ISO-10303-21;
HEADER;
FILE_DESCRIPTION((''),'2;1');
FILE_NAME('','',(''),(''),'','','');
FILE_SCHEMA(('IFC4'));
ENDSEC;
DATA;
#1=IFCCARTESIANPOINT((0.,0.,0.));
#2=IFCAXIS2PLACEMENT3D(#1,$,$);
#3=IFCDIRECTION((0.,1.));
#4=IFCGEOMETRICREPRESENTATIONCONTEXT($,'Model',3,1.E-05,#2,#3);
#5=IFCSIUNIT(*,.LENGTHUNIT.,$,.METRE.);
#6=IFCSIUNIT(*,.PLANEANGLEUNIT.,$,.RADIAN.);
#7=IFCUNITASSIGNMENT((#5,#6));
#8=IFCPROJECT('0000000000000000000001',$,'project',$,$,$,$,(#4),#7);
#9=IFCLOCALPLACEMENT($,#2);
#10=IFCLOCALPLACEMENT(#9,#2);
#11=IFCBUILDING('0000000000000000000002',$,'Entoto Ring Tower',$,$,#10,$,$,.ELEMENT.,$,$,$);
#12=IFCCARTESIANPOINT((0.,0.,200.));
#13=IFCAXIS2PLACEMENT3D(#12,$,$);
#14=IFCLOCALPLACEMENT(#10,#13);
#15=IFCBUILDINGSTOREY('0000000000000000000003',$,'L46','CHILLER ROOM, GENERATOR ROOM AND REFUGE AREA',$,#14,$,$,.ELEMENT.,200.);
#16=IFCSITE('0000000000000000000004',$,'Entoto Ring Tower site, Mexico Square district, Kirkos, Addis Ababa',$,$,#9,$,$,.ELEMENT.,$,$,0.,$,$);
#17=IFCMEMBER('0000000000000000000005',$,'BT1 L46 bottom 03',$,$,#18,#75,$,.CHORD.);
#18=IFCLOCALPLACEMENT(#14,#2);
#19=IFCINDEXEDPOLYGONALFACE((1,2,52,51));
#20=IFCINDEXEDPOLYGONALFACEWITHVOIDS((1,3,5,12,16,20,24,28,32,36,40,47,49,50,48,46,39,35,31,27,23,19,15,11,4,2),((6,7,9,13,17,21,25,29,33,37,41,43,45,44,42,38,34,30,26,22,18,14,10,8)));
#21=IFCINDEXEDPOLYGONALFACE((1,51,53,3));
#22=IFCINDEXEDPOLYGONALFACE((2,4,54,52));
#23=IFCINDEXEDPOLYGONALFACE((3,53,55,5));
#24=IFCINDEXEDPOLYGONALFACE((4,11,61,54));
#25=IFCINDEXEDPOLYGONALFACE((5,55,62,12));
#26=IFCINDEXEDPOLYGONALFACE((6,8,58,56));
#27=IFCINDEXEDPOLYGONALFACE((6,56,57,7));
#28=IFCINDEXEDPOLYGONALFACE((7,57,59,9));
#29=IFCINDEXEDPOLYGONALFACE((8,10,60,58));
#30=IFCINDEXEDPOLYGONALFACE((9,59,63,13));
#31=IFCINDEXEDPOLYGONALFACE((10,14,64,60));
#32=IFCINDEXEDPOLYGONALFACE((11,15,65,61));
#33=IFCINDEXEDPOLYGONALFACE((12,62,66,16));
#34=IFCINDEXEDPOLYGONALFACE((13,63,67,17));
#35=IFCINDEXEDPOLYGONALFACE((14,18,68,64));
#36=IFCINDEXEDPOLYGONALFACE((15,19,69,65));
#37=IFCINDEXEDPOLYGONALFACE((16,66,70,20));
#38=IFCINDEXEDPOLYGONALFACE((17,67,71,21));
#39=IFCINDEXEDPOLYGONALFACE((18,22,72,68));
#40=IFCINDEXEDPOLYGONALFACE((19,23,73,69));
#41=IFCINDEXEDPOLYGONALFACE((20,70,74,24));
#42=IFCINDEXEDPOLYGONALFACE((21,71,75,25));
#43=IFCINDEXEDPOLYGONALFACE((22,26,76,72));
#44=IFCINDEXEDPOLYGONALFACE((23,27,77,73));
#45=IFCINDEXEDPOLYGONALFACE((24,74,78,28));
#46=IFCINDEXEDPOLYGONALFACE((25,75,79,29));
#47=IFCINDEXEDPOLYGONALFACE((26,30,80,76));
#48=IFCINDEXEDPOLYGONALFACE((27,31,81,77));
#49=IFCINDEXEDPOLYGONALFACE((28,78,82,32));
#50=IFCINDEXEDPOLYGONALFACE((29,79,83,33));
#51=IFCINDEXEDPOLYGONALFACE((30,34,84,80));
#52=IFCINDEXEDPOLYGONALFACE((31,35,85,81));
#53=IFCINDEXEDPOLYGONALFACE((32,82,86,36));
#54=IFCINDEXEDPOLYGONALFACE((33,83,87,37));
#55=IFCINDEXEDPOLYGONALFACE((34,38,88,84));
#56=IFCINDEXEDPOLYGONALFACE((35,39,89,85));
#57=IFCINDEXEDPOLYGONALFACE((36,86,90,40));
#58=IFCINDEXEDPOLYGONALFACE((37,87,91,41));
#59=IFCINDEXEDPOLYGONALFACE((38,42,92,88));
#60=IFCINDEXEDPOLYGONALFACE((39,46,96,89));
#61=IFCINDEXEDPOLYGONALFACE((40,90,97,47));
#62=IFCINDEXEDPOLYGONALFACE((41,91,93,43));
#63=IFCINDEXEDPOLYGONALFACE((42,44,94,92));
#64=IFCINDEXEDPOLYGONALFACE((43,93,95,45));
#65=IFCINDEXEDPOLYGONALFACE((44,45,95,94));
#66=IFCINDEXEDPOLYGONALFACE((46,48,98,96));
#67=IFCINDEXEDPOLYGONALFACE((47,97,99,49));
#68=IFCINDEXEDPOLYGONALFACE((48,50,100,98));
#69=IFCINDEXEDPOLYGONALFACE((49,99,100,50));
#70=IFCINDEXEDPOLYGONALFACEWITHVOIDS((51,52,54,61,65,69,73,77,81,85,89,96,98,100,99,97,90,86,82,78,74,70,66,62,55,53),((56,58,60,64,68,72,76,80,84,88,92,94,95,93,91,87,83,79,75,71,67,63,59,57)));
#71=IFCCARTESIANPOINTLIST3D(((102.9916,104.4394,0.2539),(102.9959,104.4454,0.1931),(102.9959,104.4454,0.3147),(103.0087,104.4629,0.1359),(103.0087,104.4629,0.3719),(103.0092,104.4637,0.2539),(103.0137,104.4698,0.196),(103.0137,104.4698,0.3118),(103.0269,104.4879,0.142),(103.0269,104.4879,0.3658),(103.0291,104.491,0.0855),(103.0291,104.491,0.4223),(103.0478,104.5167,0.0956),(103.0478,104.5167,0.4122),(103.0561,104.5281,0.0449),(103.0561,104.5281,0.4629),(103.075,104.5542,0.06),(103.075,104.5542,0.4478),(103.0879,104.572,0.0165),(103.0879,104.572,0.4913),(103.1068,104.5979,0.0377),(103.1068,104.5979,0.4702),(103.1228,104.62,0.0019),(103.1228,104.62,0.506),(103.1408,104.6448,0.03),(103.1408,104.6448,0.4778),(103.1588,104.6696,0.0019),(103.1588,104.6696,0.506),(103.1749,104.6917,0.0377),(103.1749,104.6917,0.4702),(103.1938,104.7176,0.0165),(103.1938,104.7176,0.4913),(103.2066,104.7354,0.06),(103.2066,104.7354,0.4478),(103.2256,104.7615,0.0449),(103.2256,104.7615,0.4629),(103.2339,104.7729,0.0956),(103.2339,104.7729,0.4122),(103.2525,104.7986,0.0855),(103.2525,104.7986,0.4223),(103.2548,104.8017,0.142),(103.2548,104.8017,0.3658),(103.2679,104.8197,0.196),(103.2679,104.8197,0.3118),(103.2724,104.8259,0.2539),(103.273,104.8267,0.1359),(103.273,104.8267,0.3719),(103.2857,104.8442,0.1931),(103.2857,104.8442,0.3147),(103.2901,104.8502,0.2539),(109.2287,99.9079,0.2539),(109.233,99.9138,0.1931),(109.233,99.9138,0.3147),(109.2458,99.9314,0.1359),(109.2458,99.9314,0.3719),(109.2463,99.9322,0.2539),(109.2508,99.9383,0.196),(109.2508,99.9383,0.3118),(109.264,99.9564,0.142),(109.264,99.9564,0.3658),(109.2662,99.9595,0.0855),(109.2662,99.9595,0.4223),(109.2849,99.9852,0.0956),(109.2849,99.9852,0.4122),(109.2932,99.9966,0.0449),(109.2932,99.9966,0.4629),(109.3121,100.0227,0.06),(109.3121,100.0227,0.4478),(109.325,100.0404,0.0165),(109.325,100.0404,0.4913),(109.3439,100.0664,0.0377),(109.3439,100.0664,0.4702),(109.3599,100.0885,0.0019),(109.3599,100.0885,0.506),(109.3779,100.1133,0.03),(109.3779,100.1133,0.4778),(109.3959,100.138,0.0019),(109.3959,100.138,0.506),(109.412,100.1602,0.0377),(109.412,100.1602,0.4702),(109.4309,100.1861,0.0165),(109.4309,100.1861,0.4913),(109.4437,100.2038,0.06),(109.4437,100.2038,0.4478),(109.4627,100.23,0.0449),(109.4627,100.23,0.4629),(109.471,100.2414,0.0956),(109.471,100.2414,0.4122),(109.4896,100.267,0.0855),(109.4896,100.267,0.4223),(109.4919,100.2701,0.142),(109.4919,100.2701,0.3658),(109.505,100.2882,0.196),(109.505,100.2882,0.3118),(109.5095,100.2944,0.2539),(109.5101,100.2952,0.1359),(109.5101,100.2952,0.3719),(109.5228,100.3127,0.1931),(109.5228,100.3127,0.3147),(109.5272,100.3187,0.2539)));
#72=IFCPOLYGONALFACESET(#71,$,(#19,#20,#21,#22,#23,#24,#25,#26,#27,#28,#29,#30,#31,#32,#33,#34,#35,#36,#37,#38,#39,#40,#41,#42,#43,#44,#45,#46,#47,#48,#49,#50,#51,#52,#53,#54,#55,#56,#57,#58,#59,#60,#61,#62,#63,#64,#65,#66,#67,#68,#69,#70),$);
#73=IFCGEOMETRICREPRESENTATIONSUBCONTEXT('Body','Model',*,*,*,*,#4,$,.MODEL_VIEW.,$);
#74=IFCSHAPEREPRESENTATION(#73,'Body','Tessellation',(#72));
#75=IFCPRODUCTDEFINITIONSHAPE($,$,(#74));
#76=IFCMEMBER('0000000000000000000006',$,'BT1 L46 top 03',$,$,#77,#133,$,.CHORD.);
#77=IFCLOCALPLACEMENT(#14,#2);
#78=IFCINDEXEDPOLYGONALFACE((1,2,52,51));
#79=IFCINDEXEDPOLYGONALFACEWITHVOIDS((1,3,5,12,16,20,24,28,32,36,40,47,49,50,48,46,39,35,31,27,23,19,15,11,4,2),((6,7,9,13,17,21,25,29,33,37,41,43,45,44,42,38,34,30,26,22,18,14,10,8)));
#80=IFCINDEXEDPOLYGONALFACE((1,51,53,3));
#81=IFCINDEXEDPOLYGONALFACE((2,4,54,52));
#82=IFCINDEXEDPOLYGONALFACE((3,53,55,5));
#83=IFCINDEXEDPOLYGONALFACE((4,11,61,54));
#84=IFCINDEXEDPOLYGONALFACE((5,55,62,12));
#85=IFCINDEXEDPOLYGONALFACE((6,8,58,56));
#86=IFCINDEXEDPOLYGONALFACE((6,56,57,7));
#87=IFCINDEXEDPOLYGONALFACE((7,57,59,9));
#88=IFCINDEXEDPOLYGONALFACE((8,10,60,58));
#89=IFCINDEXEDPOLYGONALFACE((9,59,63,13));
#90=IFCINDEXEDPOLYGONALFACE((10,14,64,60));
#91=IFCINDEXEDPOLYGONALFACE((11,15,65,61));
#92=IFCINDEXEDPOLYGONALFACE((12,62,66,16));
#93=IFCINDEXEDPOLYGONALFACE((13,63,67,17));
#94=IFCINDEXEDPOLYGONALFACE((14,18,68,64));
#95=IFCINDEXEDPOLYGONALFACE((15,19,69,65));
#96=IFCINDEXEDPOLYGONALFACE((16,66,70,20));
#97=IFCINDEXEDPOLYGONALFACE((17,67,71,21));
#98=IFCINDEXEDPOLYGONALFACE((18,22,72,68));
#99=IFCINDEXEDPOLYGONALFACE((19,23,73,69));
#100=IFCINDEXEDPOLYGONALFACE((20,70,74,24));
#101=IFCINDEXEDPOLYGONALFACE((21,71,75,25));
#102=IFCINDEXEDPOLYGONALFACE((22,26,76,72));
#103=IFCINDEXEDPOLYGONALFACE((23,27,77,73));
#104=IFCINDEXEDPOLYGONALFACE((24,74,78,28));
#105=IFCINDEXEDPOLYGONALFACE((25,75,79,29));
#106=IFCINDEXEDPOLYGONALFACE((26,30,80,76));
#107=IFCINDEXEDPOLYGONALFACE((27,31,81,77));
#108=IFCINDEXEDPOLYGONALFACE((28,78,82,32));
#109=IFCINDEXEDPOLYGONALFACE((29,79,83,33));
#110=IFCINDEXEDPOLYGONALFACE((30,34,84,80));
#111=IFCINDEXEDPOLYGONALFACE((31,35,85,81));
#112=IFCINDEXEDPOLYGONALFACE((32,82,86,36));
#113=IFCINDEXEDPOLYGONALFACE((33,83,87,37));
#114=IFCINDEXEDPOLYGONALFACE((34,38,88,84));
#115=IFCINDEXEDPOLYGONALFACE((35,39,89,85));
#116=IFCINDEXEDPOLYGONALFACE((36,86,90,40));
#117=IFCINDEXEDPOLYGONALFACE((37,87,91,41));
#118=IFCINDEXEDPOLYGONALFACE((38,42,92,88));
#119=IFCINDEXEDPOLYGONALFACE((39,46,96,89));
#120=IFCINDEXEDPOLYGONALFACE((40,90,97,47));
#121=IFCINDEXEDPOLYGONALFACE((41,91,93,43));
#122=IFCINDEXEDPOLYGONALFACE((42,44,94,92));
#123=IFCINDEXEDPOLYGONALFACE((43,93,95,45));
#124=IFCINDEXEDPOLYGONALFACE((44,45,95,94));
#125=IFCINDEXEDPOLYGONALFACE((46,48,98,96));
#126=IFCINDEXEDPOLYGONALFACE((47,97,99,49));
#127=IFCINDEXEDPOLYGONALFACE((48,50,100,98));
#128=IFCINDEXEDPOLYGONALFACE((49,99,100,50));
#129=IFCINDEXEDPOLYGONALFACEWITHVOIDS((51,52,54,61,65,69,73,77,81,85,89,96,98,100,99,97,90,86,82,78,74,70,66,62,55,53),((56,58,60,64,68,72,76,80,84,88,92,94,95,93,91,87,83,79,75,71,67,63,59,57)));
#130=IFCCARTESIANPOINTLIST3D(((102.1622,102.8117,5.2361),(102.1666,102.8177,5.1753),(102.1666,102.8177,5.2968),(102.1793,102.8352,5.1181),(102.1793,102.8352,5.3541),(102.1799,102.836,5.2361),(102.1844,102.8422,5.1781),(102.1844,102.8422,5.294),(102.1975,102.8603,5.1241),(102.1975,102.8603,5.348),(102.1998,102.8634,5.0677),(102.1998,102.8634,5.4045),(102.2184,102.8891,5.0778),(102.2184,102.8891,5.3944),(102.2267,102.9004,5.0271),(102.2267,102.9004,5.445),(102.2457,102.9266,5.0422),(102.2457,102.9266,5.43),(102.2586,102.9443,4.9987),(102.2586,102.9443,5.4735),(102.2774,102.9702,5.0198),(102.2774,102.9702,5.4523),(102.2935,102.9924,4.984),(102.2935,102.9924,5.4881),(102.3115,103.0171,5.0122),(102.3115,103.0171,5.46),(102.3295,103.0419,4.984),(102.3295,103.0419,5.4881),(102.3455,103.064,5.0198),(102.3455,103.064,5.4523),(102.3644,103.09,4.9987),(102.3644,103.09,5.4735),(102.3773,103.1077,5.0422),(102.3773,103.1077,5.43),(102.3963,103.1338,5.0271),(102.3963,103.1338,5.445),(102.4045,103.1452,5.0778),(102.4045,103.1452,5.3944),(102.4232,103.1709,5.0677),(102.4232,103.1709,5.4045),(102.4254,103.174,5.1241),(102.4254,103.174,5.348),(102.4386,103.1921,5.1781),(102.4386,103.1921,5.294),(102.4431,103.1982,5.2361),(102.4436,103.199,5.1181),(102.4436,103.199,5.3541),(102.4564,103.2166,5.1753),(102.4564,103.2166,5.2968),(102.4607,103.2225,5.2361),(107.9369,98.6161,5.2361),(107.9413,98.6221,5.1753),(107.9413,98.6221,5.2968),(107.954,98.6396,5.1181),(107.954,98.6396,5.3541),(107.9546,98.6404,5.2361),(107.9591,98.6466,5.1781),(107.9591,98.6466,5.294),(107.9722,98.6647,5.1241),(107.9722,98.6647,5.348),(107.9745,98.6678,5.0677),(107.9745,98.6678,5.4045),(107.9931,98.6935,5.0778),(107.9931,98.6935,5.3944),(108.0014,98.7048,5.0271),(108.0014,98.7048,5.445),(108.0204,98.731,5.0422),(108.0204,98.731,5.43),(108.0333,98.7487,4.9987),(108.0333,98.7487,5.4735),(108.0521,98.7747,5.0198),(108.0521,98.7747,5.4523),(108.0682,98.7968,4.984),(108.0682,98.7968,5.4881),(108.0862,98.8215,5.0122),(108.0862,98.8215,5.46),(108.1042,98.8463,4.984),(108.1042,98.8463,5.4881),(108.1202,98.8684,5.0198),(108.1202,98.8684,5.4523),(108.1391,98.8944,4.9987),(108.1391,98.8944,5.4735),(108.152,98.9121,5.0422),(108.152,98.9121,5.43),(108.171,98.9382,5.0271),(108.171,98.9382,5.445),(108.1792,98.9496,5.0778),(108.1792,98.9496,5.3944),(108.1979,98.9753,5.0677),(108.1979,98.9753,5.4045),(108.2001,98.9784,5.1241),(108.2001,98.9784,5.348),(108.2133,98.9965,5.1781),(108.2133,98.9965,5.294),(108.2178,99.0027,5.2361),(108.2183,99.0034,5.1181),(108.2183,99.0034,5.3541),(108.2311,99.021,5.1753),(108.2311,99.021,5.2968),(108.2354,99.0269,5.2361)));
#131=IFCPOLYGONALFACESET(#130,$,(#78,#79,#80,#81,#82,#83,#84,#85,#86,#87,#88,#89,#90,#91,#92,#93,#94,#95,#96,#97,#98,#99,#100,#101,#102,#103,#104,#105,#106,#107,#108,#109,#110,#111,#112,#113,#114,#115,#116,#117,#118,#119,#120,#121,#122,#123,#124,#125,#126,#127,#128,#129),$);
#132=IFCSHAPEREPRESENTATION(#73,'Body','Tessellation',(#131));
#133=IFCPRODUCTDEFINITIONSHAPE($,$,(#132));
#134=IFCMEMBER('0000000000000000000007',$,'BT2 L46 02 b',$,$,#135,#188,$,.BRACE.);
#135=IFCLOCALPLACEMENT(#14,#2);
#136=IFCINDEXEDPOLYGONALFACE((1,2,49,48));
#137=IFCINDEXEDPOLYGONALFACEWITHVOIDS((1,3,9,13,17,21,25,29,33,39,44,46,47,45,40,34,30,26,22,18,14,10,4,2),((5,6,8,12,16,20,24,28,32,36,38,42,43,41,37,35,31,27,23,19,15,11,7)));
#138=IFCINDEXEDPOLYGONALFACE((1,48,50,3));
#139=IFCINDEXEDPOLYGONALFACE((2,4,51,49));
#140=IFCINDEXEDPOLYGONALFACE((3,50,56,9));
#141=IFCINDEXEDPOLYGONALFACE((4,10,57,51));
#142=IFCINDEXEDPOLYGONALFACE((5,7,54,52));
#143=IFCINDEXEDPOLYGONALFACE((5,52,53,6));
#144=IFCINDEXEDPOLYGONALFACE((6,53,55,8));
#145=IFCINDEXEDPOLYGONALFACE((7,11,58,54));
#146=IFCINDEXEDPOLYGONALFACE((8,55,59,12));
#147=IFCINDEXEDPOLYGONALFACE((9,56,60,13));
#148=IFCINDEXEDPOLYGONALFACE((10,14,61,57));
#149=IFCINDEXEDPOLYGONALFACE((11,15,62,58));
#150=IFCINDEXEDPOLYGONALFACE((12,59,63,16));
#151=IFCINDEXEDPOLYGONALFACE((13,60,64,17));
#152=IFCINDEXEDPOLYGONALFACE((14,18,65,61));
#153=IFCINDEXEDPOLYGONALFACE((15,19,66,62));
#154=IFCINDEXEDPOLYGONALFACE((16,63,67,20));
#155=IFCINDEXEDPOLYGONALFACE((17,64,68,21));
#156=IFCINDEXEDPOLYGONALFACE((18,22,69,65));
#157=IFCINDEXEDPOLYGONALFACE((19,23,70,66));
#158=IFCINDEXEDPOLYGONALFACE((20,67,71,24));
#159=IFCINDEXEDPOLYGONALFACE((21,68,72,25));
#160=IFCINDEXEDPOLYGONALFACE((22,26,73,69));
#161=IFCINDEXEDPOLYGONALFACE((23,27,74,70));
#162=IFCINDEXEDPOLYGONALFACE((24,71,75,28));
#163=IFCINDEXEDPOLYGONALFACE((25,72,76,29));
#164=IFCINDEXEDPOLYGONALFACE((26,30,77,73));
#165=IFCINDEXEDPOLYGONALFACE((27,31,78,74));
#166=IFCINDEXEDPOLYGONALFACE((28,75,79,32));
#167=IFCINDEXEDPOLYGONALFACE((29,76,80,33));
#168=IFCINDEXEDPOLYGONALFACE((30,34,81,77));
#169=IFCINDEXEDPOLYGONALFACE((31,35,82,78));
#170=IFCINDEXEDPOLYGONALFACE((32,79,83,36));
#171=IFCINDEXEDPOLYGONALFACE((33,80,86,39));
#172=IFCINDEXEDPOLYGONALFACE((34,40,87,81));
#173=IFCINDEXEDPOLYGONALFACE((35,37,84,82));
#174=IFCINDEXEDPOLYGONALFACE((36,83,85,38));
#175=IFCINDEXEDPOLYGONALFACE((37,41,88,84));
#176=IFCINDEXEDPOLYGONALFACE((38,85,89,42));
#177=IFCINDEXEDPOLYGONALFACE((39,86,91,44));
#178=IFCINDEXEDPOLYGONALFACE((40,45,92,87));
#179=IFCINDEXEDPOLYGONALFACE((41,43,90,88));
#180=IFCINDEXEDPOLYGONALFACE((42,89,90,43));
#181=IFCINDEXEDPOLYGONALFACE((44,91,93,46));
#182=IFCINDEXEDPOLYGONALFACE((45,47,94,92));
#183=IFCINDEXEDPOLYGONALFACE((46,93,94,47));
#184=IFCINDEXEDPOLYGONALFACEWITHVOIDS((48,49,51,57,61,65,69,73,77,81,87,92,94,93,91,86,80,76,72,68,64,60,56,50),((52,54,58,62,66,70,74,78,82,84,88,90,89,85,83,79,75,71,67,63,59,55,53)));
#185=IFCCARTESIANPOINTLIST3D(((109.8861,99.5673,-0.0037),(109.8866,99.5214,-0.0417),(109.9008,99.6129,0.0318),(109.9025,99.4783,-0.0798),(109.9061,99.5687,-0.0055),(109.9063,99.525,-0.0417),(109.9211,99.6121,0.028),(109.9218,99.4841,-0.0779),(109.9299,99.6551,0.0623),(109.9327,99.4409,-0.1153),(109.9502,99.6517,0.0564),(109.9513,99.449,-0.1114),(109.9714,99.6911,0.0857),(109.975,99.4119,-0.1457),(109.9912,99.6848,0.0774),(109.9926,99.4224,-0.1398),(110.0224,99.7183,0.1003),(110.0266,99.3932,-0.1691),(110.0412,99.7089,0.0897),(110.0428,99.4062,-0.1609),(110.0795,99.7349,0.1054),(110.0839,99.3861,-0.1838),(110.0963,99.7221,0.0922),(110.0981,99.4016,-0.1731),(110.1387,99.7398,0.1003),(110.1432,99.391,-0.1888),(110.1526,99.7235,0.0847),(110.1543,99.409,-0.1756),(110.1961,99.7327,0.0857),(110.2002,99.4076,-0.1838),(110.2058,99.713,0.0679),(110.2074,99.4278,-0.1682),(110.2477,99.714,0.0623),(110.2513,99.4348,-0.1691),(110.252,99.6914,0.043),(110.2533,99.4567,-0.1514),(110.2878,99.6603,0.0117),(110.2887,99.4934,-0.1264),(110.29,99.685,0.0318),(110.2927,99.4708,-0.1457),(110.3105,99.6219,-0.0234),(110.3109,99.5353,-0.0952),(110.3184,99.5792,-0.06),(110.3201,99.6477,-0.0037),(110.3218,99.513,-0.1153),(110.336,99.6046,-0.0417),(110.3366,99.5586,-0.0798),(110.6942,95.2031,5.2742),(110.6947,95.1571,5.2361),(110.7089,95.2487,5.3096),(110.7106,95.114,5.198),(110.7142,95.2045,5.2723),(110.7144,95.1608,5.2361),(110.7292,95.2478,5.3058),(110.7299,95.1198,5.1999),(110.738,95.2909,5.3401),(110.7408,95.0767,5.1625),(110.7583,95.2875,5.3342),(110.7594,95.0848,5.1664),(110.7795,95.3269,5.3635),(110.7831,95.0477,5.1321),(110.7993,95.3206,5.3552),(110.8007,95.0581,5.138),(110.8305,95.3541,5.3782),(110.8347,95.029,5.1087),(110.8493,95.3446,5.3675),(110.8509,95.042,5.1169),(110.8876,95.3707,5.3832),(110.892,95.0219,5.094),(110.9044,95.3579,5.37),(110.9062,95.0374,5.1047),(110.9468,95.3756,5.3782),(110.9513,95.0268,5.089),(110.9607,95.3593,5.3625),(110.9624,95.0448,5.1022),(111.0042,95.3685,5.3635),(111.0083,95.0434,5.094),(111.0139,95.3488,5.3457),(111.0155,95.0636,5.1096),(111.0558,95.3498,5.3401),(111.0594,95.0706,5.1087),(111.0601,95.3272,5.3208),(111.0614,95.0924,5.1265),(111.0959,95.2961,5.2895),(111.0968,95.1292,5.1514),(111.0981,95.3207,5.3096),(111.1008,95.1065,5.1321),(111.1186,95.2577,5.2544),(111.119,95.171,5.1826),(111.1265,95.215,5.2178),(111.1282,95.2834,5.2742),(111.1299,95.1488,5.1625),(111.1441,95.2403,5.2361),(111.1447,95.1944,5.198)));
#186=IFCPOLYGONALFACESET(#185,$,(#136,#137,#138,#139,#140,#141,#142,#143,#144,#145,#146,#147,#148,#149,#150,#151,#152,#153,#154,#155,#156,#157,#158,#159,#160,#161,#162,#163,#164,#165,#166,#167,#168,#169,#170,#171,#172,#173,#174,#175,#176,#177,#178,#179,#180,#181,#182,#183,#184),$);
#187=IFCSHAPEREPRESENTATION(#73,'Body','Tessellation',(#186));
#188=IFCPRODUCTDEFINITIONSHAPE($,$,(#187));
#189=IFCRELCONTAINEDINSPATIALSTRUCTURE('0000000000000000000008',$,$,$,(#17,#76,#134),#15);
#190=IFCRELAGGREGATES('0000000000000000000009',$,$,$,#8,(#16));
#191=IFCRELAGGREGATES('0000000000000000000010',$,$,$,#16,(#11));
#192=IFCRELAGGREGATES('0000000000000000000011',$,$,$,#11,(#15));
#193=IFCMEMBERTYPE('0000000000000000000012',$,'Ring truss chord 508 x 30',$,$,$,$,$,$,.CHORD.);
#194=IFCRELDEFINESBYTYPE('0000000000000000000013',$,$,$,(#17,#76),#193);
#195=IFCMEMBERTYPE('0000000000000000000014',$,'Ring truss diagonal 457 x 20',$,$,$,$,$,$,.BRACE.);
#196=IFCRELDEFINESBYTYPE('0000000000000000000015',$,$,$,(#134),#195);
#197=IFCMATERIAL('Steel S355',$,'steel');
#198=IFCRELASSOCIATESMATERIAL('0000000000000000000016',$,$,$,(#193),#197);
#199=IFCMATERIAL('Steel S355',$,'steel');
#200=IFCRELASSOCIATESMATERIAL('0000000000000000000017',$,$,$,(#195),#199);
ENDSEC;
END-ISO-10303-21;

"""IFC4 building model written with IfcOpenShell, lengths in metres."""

from ifc_helpers import new_model, si_unit, direction, frame, origin, origin_2d, place, context, subcontext, project, spatial, circle, hollow_circle, extrude, material, material_profile, profile_set, type_object, element, save


model = new_model("IFC4")

# Units and contexts
model_context = context("Model", 3, precision=1e-05, world=origin(), true_north=direction((0.0, 1.0)))
body_context = subcontext(model_context, "Body", "Model", "MODEL_VIEW")
ifc_project = project(units=[si_unit("LENGTHUNIT", "METRE"), si_unit("PLANEANGLEUNIT", "RADIAN")], contexts=[model_context])

# Site, building, storey
site_placement = place(None, origin())
site = spatial("IfcSite", under=ifc_project, at=site_placement, Name="Entoto Ring Tower site, Mexico Square district, Kirkos, Addis Ababa", CompositionType="ELEMENT", RefElevation=0.0)
building_placement = place(site_placement, origin())
building = spatial("IfcBuilding", under=site, at=building_placement, Name="Entoto Ring Tower", CompositionType="ELEMENT")
storey_placement = place(building_placement, frame((0.0, 0.0, 200.0)))
storey = spatial("IfcBuildingStorey", under=building, at=storey_placement, Name="L46", Description="CHILLER ROOM, GENERATOR ROOM AND REFUGE AREA", CompositionType="ELEMENT", Elevation=200.0)

# Members
ifc_material_1 = material(Name="Steel S355", Category="steel")
ifc_material_profile_1 = material_profile(ifc_material_1, hollow_circle(Radius=0.2539, WallThickness=0.03, at=origin_2d()), Name="CHS 508 x 30")
ifc_material_2 = material(Name="Concrete C60/75", Category="concrete")
ifc_material_profile_2 = material_profile(ifc_material_2, circle(Radius=0.2241, at=origin_2d()), Name="Concrete C60/75 infill")
ifc_profile_set_1 = profile_set([ifc_material_profile_1, ifc_material_profile_2], Name="Steel S355")
member_type_1 = type_object("IfcMemberType", Name="Ring truss chord 508 x 30", PredefinedType="CHORD", material=ifc_profile_set_1)
for number, where, z_axis, x_axis, name in (
    (1, (109.3779, 100.1133, 0.2539), (-0.809017, 0.587786, 0.0), (-0.587786, -0.809017, 0.0), "BT1 L46 bottom 03"),
):
    element("IfcMember", number, at=place(storey_placement, frame(where, z_axis=z_axis, x_axis=x_axis)), inside=storey, type_object=member_type_1, Name=name, PredefinedType="CHORD", context=body_context, shape_type="SweptSolid", body=[
        extrude(hollow_circle(Radius=0.2539, WallThickness=0.03, at=origin_2d()), origin(), (0.0, 0.0, 1.0), 7.7095),
    ])
member_1_placement = place(storey_placement, frame((108.0862, 98.8215, 5.2361), z_axis=(-0.809016, 0.587787, 0.0), x_axis=(-0.587787, -0.809016, 0.0)))
element("IfcMember", 2, at=member_1_placement, inside=storey, type_object=member_type_1, Name="BT1 L46 top 03", PredefinedType="CHORD", context=body_context, shape_type="SweptSolid", body=[
    extrude(hollow_circle(Radius=0.2539, WallThickness=0.03, at=origin_2d()), origin(), (0.0, 0.0, 1.0), 7.1379),
])
ifc_material_3 = material(Name="Steel S355", Category="steel")
ifc_material_profile_3 = material_profile(ifc_material_3, hollow_circle(Radius=0.2285, WallThickness=0.02, at=origin_2d()), Name="CHS 457 x 20")
ifc_material_4 = material(Name="Concrete C60/75", Category="concrete")
ifc_material_profile_4 = material_profile(ifc_material_4, circle(Radius=0.2085, at=origin_2d()), Name="Concrete C60/75 infill")
ifc_profile_set_2 = profile_set([ifc_material_profile_3, ifc_material_profile_4], Name="Steel S355")
member_type_2 = type_object("IfcMemberType", Name="Ring truss diagonal 457 x 20", PredefinedType="BRACE", material=ifc_profile_set_2)
for number, where, z_axis, x_axis, name in (
    (3, (110.9194, 95.1987, 5.2361), (-0.117184, 0.632865, -0.765343), (-0.983286, -0.18207, 0.0), "BT2 L46 02 b"),
):
    element("IfcMember", number, at=place(storey_placement, frame(where, z_axis=z_axis, x_axis=x_axis)), inside=storey, type_object=member_type_2, Name=name, PredefinedType="BRACE", context=body_context, shape_type="SweptSolid", body=[
        extrude(hollow_circle(Radius=0.2285, WallThickness=0.02, at=origin_2d()), origin(), (0.0, 0.0, 1.0), 6.896),
    ])

save(model, "model.ifc")
